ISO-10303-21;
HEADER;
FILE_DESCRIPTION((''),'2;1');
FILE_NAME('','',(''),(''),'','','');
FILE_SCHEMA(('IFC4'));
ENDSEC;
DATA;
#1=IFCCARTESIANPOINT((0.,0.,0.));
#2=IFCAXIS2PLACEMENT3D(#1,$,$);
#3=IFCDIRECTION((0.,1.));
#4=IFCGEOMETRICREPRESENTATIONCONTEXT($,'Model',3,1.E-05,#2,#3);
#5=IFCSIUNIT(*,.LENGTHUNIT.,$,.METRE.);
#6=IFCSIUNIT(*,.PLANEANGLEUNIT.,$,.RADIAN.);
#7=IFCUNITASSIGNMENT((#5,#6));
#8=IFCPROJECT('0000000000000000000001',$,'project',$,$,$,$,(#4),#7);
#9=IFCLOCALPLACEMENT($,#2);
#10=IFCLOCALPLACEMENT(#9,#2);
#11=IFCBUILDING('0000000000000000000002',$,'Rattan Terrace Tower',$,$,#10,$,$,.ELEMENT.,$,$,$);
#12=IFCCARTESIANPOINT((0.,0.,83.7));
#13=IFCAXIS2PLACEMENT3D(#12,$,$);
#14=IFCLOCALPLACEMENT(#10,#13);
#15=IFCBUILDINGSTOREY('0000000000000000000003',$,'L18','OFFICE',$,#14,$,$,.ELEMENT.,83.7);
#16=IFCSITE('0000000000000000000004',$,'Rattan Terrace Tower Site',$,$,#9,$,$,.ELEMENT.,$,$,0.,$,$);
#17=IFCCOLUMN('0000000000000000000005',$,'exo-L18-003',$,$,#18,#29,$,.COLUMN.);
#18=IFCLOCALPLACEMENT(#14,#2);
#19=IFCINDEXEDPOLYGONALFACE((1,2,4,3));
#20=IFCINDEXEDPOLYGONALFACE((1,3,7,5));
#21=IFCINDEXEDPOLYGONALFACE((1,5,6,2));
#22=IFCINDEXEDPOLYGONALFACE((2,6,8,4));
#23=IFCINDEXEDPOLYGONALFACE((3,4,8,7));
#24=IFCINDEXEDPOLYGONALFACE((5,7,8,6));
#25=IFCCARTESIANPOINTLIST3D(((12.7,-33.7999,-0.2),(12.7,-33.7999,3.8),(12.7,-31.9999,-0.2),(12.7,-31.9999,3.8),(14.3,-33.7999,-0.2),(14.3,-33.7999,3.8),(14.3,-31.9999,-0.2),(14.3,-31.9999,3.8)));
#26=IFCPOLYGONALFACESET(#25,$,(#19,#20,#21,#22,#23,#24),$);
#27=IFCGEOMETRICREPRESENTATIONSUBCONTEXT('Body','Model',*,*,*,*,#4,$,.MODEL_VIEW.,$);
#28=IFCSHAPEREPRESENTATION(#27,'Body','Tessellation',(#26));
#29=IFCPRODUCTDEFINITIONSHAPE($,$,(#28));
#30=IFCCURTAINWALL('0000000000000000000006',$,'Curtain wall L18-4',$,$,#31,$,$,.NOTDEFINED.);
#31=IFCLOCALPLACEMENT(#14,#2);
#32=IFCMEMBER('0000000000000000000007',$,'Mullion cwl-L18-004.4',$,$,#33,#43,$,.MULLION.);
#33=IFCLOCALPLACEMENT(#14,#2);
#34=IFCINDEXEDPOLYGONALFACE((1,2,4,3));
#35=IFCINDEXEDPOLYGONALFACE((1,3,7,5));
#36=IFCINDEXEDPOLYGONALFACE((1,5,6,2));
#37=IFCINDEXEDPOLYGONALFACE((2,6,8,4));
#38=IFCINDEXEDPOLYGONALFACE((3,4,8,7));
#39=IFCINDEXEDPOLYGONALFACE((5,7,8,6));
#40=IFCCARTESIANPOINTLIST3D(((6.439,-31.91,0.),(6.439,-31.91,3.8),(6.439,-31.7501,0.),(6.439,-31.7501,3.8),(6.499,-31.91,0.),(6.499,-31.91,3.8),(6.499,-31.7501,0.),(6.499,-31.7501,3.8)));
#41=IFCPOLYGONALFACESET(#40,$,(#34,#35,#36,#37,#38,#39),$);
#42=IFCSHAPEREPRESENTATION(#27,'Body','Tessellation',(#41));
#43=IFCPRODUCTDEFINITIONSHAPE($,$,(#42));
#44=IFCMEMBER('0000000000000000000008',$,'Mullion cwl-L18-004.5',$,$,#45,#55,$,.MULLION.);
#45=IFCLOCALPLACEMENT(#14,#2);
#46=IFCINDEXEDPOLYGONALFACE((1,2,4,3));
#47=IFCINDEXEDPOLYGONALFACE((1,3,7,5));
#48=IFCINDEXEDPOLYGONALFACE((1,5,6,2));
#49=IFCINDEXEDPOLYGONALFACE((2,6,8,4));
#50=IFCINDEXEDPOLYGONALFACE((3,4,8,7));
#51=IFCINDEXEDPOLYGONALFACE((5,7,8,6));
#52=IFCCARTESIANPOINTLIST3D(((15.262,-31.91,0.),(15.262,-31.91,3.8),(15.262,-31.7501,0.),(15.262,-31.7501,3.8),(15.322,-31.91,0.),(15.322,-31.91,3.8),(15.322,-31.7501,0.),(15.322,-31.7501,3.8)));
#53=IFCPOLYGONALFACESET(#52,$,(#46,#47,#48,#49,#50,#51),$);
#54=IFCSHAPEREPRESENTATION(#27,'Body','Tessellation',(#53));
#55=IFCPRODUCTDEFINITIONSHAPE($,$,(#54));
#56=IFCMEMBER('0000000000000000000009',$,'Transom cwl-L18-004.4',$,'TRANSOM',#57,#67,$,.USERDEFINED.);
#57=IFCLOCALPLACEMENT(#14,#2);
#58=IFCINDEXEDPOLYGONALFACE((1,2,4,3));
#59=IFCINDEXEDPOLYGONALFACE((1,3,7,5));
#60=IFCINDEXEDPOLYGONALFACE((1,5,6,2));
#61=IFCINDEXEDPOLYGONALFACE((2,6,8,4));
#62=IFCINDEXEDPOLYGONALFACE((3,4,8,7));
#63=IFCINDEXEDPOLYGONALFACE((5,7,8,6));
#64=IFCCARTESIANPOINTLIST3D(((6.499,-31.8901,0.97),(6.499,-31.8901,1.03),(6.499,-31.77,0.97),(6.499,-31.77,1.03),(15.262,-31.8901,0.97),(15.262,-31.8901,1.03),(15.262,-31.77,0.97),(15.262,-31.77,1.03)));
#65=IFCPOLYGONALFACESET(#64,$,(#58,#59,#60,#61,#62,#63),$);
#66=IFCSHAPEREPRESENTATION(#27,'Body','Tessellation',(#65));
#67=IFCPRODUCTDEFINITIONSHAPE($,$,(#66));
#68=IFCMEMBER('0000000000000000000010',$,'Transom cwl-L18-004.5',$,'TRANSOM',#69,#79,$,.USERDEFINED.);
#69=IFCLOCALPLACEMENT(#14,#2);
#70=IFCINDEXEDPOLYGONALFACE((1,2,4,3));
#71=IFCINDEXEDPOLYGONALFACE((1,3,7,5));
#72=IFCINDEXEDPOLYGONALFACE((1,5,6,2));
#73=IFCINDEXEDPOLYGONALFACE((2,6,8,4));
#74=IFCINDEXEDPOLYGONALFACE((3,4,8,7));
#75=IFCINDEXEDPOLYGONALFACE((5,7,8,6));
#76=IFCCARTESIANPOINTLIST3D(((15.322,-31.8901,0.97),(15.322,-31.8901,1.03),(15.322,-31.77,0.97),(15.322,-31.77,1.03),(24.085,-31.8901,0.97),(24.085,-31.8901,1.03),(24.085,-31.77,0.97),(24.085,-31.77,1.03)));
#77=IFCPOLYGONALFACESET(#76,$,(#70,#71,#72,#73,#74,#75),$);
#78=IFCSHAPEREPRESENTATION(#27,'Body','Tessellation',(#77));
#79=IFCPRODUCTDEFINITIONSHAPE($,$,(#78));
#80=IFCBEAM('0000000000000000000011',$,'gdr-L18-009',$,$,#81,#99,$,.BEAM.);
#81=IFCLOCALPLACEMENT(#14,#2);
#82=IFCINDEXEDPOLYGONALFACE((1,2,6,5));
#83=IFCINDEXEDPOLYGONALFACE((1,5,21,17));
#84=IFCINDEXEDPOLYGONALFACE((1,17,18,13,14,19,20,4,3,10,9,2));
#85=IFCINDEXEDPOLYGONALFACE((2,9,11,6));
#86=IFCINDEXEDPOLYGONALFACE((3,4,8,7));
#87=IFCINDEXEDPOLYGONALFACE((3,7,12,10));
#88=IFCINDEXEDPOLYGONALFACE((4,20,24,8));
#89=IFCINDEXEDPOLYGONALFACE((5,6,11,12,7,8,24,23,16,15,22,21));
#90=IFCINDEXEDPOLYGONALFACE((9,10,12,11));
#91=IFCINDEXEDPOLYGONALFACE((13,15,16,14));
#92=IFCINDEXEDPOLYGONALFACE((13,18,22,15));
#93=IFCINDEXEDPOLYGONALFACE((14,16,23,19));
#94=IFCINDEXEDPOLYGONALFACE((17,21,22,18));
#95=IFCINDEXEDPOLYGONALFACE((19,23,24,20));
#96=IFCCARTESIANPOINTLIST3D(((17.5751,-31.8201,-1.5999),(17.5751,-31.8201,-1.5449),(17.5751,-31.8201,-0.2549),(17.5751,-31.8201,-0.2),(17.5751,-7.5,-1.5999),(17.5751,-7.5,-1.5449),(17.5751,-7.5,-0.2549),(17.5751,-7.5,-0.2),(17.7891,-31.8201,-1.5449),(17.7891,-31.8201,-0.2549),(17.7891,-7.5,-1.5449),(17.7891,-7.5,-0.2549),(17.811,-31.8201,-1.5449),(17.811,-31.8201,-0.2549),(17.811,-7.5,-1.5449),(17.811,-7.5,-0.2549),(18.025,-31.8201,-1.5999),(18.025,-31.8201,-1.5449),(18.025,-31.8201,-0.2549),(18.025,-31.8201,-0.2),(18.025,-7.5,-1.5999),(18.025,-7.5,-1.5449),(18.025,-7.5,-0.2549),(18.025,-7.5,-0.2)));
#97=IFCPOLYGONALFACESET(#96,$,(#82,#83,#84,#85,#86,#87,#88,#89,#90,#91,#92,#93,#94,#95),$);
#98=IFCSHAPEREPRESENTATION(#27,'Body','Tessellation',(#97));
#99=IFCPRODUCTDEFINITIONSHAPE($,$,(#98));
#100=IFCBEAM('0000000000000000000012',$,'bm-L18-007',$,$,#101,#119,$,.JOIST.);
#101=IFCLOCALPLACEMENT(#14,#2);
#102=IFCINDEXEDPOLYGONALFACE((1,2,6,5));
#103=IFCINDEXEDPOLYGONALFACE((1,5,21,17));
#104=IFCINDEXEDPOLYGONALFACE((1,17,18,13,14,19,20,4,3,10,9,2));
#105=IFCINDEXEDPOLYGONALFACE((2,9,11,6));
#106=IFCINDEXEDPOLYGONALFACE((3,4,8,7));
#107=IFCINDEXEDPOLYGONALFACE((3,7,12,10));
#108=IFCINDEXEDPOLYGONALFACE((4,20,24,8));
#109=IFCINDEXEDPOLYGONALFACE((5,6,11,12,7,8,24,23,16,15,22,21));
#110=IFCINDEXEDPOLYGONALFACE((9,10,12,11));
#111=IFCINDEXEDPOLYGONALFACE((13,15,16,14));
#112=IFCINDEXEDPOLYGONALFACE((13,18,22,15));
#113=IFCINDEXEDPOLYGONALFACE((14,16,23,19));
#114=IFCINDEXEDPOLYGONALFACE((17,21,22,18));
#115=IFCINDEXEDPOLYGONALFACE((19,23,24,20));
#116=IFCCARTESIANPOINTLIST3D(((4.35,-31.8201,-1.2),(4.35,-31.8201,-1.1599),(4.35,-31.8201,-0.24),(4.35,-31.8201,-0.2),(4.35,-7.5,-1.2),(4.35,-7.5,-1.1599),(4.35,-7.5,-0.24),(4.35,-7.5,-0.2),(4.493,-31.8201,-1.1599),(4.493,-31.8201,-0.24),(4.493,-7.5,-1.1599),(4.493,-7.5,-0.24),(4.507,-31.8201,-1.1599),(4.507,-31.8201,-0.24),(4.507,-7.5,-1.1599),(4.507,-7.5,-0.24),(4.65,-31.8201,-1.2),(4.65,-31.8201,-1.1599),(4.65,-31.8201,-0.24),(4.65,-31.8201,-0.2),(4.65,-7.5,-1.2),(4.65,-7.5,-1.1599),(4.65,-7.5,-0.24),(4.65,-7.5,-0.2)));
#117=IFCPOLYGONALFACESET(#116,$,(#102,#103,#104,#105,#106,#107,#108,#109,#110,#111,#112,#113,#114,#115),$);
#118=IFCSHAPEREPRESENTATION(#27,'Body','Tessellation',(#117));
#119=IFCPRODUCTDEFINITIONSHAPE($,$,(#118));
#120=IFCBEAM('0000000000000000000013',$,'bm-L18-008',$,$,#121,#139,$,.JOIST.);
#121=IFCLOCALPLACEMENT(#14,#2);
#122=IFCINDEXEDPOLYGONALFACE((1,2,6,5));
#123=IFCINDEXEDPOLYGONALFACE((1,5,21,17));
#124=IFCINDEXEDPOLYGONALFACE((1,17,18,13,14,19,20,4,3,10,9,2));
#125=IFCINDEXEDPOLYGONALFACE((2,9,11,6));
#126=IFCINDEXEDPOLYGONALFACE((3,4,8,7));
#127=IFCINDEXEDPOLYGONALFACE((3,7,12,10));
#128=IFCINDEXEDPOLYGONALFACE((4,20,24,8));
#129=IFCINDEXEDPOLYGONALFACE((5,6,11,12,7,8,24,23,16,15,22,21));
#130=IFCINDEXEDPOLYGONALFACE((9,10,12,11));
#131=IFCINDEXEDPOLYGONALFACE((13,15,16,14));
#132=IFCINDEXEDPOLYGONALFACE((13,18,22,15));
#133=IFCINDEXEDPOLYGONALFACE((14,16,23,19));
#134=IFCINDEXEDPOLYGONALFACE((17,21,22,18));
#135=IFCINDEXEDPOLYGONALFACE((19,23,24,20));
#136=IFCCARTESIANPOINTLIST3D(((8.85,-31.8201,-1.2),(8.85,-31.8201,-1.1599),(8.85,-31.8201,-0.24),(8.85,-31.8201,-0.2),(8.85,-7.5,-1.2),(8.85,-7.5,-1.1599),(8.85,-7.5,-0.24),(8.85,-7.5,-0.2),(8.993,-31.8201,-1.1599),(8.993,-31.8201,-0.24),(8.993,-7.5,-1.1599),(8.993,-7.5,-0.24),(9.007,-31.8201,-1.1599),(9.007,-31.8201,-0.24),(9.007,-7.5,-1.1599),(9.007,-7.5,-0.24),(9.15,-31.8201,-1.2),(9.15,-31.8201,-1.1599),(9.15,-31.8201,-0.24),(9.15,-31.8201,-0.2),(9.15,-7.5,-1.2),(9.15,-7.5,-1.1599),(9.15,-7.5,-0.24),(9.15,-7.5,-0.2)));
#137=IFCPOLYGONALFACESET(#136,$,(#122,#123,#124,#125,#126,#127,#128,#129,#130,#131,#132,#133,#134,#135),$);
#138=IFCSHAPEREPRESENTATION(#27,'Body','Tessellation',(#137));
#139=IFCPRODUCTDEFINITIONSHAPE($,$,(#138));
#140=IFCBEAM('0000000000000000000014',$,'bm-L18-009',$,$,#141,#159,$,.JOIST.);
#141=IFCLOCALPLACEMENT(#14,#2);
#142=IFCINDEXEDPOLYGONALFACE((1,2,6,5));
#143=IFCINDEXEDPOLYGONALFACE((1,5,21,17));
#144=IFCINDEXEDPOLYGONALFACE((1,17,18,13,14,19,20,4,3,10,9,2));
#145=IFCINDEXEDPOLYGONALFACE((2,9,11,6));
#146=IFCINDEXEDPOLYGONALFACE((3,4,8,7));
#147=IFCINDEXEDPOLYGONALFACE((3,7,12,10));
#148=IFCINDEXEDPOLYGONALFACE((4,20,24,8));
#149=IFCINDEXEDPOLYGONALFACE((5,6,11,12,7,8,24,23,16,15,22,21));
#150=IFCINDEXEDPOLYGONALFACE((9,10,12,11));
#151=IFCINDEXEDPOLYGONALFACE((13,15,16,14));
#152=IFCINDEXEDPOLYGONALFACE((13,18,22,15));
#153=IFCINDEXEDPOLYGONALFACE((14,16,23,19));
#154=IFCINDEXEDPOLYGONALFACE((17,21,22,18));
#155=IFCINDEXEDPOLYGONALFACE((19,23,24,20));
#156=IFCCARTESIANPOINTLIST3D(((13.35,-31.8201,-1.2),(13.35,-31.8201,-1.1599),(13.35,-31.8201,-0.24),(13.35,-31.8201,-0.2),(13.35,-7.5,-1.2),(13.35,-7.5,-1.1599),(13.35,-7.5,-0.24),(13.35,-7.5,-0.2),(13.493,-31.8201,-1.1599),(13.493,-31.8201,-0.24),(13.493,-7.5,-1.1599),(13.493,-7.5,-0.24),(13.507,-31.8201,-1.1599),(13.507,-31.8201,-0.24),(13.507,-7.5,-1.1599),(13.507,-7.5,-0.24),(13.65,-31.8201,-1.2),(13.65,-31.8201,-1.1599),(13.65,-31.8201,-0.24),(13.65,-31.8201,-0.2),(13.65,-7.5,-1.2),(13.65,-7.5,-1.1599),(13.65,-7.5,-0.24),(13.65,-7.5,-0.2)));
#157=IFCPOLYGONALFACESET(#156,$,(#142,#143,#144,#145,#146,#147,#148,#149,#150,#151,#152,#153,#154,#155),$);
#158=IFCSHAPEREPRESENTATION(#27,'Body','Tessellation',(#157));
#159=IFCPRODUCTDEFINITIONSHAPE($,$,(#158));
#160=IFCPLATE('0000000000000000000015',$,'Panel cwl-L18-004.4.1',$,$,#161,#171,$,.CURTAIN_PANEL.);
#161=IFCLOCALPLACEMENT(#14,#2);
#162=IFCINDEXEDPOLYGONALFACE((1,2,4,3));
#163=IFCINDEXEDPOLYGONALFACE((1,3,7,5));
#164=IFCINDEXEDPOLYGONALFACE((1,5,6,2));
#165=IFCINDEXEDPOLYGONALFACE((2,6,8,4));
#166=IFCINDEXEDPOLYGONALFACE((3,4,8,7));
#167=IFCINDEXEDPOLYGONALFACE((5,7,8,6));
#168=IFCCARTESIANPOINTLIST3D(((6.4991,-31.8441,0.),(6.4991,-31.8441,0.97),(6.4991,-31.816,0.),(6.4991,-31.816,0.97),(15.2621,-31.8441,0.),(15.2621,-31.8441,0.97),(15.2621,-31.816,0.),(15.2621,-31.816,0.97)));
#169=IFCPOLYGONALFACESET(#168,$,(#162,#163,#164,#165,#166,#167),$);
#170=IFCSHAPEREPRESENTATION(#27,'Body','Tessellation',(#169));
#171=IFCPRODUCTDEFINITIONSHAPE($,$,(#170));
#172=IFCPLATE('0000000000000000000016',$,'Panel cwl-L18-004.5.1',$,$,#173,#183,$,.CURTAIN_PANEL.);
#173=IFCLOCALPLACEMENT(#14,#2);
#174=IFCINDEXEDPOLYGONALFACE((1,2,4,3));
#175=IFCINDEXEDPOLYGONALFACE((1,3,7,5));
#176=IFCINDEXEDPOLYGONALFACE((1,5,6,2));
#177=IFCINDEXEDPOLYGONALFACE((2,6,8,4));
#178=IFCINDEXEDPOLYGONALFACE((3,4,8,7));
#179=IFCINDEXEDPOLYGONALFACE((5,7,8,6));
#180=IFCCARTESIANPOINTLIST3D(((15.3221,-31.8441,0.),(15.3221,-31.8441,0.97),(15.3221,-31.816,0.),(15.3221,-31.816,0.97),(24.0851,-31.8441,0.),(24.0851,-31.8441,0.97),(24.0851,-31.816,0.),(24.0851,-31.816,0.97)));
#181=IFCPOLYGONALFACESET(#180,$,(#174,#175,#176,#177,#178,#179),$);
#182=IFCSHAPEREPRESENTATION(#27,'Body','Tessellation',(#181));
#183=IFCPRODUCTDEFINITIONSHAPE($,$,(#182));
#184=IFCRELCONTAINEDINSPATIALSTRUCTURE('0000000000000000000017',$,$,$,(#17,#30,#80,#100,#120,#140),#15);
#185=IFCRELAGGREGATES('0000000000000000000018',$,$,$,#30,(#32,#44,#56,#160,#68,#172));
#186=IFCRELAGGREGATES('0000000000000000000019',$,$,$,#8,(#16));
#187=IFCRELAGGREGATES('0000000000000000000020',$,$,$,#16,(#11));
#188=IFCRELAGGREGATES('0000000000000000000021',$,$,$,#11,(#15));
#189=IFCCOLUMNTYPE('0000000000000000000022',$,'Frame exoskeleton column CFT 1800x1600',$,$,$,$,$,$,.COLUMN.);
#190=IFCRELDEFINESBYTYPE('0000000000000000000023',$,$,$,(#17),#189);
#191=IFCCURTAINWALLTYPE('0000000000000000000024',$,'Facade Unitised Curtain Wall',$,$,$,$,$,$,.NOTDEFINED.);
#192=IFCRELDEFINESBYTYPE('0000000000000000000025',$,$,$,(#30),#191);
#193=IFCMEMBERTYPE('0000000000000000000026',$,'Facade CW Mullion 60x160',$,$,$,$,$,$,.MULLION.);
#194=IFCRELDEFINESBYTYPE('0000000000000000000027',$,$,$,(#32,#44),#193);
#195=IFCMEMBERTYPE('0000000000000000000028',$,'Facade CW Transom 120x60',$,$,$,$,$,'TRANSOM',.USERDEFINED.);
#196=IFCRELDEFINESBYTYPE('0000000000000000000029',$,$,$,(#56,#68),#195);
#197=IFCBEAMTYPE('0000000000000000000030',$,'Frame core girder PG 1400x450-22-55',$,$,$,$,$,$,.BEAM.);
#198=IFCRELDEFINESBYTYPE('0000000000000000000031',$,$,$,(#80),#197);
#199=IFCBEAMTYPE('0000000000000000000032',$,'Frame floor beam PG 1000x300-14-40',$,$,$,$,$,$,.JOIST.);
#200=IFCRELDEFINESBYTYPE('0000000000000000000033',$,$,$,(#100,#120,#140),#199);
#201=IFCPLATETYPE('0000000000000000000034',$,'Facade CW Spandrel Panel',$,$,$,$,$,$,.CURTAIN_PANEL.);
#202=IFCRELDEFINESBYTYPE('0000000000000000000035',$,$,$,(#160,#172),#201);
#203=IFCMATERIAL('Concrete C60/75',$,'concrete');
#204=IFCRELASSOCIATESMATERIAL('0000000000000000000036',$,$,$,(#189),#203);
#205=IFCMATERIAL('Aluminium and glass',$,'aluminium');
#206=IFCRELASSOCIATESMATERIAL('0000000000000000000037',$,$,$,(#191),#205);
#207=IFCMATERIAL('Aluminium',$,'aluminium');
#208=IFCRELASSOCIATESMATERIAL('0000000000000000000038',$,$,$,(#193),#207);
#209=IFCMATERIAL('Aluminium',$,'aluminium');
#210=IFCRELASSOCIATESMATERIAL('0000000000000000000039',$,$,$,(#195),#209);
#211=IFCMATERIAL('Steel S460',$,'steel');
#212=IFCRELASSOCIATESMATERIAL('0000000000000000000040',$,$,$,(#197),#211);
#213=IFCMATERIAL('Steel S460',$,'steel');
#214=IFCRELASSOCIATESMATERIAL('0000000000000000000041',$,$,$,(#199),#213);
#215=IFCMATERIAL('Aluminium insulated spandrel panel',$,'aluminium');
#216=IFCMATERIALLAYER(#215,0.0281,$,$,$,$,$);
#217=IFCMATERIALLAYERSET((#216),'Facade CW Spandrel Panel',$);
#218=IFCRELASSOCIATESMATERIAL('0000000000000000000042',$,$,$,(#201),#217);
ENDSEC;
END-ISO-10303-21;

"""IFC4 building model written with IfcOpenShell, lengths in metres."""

from ifc_helpers import new_model, si_unit, direction, frame, origin, origin_2d, place, context, subcontext, project, spatial, rectangle, i_section, extrude, material, layer, layer_set, material_profile, profile_set, type_object, element, aggregate, save


model = new_model("IFC4")

# Units and contexts
model_context = context("Model", 3, precision=1e-05, world=origin(), true_north=direction((0.0, 1.0)))
body_context = subcontext(model_context, "Body", "Model", "MODEL_VIEW")
ifc_project = project(units=[si_unit("LENGTHUNIT", "METRE"), si_unit("PLANEANGLEUNIT", "RADIAN")], contexts=[model_context])

# Site, building, storey
site_placement = place(None, origin())
site = spatial("IfcSite", under=ifc_project, at=site_placement, Name="Rattan Terrace Tower Site", CompositionType="ELEMENT", RefElevation=0.0)
building_placement = place(site_placement, origin())
building = spatial("IfcBuilding", under=site, at=building_placement, Name="Rattan Terrace Tower", CompositionType="ELEMENT")
storey_placement = place(building_placement, frame((0.0, 0.0, 83.7)))
storey = spatial("IfcBuildingStorey", under=building, at=storey_placement, Name="L18", Description="OFFICE", CompositionType="ELEMENT", Elevation=83.7)

# Column
ifc_material_1 = material(Name="Concrete C60/75", Category="concrete")
ifc_material_profile_1 = material_profile(ifc_material_1, rectangle(XDim=1.6001, YDim=1.8, at=origin_2d()), Name="CFT 1800x1600")
ifc_profile_set_1 = profile_set([ifc_material_profile_1], Name="Concrete C60/75")
column_type = type_object("IfcColumnType", Name="Frame exoskeleton column CFT 1800x1600", PredefinedType="COLUMN", material=ifc_profile_set_1)
column_placement = place(storey_placement, frame((13.5, -32.8999, -0.2), z_axis=(0.0, 0.0, 1.0), x_axis=(1.0, 0.0, 0.0)))
element("IfcColumn", 1, at=column_placement, inside=storey, type_object=column_type, Name="exo-L18-003", PredefinedType="COLUMN", context=body_context, shape_type="SweptSolid", body=[
    extrude(rectangle(XDim=1.6001, YDim=1.8, at=origin_2d()), origin(), (0.0, 0.0, 1.0), 4.0),
])

# Curtain wall, members
ifc_material_2 = material(Name="Aluminium and glass", Category="aluminium")
curtain_wall_type = type_object("IfcCurtainWallType", Name="Facade Unitised Curtain Wall", PredefinedType="NOTDEFINED", material=ifc_material_2)
curtain_wall_placement = place(storey_placement, origin())
curtain_wall = element("IfcCurtainWall", 2, at=curtain_wall_placement, inside=storey, type_object=curtain_wall_type, Name="Curtain wall L18-4", PredefinedType="NOTDEFINED")
ifc_material_3 = material(Name="Aluminium", Category="aluminium")
ifc_material_profile_2 = material_profile(ifc_material_3, rectangle(XDim=0.0601, YDim=0.1599, at=origin_2d()), Name="Aluminium 60x160")
ifc_profile_set_2 = profile_set([ifc_material_profile_2], Name="Aluminium")
member_type_1 = type_object("IfcMemberType", Name="Facade CW Mullion 60x160", PredefinedType="MULLION", material=ifc_profile_set_2)
member_1_placement = place(storey_placement, frame((6.469, -31.8301, 0.0), z_axis=(0.0, 0.0, 1.0), x_axis=(1.0, 0.0, 0.0)))
member_1 = element("IfcMember", 3, at=member_1_placement, type_object=member_type_1, Name="Mullion cwl-L18-004.4", PredefinedType="MULLION", context=body_context, shape_type="SweptSolid", body=[
    extrude(rectangle(XDim=0.0601, YDim=0.1599, at=origin_2d()), origin(), (0.0, 0.0, 1.0), 3.8),
])
member_2_placement = place(storey_placement, frame((15.292, -31.8301, 0.0), z_axis=(0.0, 0.0, 1.0), x_axis=(1.0, 0.0, 0.0)))
member_2 = element("IfcMember", 4, at=member_2_placement, type_object=member_type_1, Name="Mullion cwl-L18-004.5", PredefinedType="MULLION", context=body_context, shape_type="SweptSolid", body=[
    extrude(rectangle(XDim=0.0601, YDim=0.1599, at=origin_2d()), origin(), (0.0, 0.0, 1.0), 3.8),
])
ifc_material_4 = material(Name="Aluminium", Category="aluminium")
ifc_material_profile_3 = material_profile(ifc_material_4, rectangle(XDim=0.1201, YDim=0.0601, at=origin_2d()), Name="Aluminium 120x60")
ifc_profile_set_3 = profile_set([ifc_material_profile_3], Name="Aluminium")
member_type_2 = type_object("IfcMemberType", Name="Facade CW Transom 120x60", ElementType="TRANSOM", PredefinedType="USERDEFINED", material=ifc_profile_set_3)
member_3_placement = place(storey_placement, frame((6.499, -31.8301, 1.0), z_axis=(1.0, 0.0, 0.0), x_axis=(0.0, 1.0, 0.0)))
member_3 = element("IfcMember", 5, at=member_3_placement, type_object=member_type_2, Name="Transom cwl-L18-004.4", ObjectType="TRANSOM", PredefinedType="USERDEFINED", context=body_context, shape_type="SweptSolid", body=[
    extrude(rectangle(XDim=0.1201, YDim=0.0601, at=origin_2d()), origin(), (0.0, 0.0, 1.0), 8.7629),
])
member_4_placement = place(storey_placement, frame((15.322, -31.8301, 1.0), z_axis=(1.0, 0.0, 0.0), x_axis=(0.0, 1.0, 0.0)))
member_4 = element("IfcMember", 6, at=member_4_placement, type_object=member_type_2, Name="Transom cwl-L18-004.5", ObjectType="TRANSOM", PredefinedType="USERDEFINED", context=body_context, shape_type="SweptSolid", body=[
    extrude(rectangle(XDim=0.1201, YDim=0.0601, at=origin_2d()), origin(), (0.0, 0.0, 1.0), 8.7629),
])

# Beams
ifc_material_5 = material(Name="Steel S460", Category="steel")
ifc_material_profile_4 = material_profile(ifc_material_5, i_section(OverallWidth=0.45, OverallDepth=1.3999, WebThickness=0.022, FlangeThickness=0.0549, at=origin_2d()), Name="PG 1400x450-22-55")
ifc_profile_set_4 = profile_set([ifc_material_profile_4], Name="Steel S460")
beam_type_1 = type_object("IfcBeamType", Name="Frame core girder PG 1400x450-22-55", PredefinedType="BEAM", material=ifc_profile_set_4)
beam_placement = place(storey_placement, frame((17.8, -31.8201, -0.8999), z_axis=(0.0, 1.0, 0.0), x_axis=(-1.0, 0.0, 0.0)))
element("IfcBeam", 7, at=beam_placement, inside=storey, type_object=beam_type_1, Name="gdr-L18-009", PredefinedType="BEAM", context=body_context, shape_type="SweptSolid", body=[
    extrude(i_section(OverallWidth=0.45, OverallDepth=1.3999, WebThickness=0.022, FlangeThickness=0.0549, at=origin_2d()), origin(), (0.0, 0.0, 1.0), 24.3201),
])
ifc_material_6 = material(Name="Steel S460", Category="steel")
ifc_material_profile_5 = material_profile(ifc_material_6, i_section(OverallWidth=0.3, OverallDepth=1.0, WebThickness=0.0139, FlangeThickness=0.04, at=origin_2d()), Name="PG 1000x300-14-40")
ifc_profile_set_5 = profile_set([ifc_material_profile_5], Name="Steel S460")
beam_type_2 = type_object("IfcBeamType", Name="Frame floor beam PG 1000x300-14-40", PredefinedType="JOIST", material=ifc_profile_set_5)
for number, where, z_axis, x_axis, name in (
    (8, (4.5, -31.8201, -0.7), (0.0, 1.0, 0.0), (-1.0, 0.0, 0.0), "bm-L18-007"),
    (9, (9.0, -31.8201, -0.7), (0.0, 1.0, 0.0), (-1.0, 0.0, 0.0), "bm-L18-008"),
    (10, (13.5, -31.8201, -0.7), (0.0, 1.0, 0.0), (-1.0, 0.0, 0.0), "bm-L18-009"),
):
    element("IfcBeam", number, at=place(storey_placement, frame(where, z_axis=z_axis, x_axis=x_axis)), inside=storey, type_object=beam_type_2, Name=name, PredefinedType="JOIST", context=body_context, shape_type="SweptSolid", body=[
        extrude(i_section(OverallWidth=0.3, OverallDepth=1.0, WebThickness=0.0139, FlangeThickness=0.04, at=origin_2d()), origin(), (0.0, 0.0, 1.0), 24.3201),
    ])

# Plates
ifc_material_7 = material(Name="Aluminium insulated spandrel panel", Category="aluminium")
ifc_layer_1 = layer(ifc_material_7, 0.0281)
ifc_layer_set_1 = layer_set([ifc_layer_1], Name="Facade CW Spandrel Panel")
plate_type_1 = type_object("IfcPlateType", Name="Facade CW Spandrel Panel", PredefinedType="CURTAIN_PANEL", material=ifc_layer_set_1)
plate_1_placement = place(storey_placement, frame((10.8806, -31.8301, 0.0), z_axis=(0.0, 0.0, 1.0), x_axis=(1.0, 0.0, 0.0)))
plate_1 = element("IfcPlate", 11, at=plate_1_placement, type_object=plate_type_1, Name="Panel cwl-L18-004.4.1", PredefinedType="CURTAIN_PANEL", context=body_context, shape_type="SweptSolid", body=[
    extrude(rectangle(XDim=8.7629, YDim=0.0281, at=origin_2d()), origin(), (0.0, 0.0, 1.0), 0.97),
])
plate_2_placement = place(storey_placement, frame((19.7036, -31.8301, 0.0), z_axis=(0.0, 0.0, 1.0), x_axis=(1.0, 0.0, 0.0)))
plate_2 = element("IfcPlate", 12, at=plate_2_placement, type_object=plate_type_1, Name="Panel cwl-L18-004.5.1", PredefinedType="CURTAIN_PANEL", context=body_context, shape_type="SweptSolid", body=[
    extrude(rectangle(XDim=8.7629, YDim=0.0281, at=origin_2d()), origin(), (0.0, 0.0, 1.0), 0.97),
])
aggregate(curtain_wall, [member_1, member_2, member_3, plate_1, member_4, plate_2])

save(model, "model.ifc")
